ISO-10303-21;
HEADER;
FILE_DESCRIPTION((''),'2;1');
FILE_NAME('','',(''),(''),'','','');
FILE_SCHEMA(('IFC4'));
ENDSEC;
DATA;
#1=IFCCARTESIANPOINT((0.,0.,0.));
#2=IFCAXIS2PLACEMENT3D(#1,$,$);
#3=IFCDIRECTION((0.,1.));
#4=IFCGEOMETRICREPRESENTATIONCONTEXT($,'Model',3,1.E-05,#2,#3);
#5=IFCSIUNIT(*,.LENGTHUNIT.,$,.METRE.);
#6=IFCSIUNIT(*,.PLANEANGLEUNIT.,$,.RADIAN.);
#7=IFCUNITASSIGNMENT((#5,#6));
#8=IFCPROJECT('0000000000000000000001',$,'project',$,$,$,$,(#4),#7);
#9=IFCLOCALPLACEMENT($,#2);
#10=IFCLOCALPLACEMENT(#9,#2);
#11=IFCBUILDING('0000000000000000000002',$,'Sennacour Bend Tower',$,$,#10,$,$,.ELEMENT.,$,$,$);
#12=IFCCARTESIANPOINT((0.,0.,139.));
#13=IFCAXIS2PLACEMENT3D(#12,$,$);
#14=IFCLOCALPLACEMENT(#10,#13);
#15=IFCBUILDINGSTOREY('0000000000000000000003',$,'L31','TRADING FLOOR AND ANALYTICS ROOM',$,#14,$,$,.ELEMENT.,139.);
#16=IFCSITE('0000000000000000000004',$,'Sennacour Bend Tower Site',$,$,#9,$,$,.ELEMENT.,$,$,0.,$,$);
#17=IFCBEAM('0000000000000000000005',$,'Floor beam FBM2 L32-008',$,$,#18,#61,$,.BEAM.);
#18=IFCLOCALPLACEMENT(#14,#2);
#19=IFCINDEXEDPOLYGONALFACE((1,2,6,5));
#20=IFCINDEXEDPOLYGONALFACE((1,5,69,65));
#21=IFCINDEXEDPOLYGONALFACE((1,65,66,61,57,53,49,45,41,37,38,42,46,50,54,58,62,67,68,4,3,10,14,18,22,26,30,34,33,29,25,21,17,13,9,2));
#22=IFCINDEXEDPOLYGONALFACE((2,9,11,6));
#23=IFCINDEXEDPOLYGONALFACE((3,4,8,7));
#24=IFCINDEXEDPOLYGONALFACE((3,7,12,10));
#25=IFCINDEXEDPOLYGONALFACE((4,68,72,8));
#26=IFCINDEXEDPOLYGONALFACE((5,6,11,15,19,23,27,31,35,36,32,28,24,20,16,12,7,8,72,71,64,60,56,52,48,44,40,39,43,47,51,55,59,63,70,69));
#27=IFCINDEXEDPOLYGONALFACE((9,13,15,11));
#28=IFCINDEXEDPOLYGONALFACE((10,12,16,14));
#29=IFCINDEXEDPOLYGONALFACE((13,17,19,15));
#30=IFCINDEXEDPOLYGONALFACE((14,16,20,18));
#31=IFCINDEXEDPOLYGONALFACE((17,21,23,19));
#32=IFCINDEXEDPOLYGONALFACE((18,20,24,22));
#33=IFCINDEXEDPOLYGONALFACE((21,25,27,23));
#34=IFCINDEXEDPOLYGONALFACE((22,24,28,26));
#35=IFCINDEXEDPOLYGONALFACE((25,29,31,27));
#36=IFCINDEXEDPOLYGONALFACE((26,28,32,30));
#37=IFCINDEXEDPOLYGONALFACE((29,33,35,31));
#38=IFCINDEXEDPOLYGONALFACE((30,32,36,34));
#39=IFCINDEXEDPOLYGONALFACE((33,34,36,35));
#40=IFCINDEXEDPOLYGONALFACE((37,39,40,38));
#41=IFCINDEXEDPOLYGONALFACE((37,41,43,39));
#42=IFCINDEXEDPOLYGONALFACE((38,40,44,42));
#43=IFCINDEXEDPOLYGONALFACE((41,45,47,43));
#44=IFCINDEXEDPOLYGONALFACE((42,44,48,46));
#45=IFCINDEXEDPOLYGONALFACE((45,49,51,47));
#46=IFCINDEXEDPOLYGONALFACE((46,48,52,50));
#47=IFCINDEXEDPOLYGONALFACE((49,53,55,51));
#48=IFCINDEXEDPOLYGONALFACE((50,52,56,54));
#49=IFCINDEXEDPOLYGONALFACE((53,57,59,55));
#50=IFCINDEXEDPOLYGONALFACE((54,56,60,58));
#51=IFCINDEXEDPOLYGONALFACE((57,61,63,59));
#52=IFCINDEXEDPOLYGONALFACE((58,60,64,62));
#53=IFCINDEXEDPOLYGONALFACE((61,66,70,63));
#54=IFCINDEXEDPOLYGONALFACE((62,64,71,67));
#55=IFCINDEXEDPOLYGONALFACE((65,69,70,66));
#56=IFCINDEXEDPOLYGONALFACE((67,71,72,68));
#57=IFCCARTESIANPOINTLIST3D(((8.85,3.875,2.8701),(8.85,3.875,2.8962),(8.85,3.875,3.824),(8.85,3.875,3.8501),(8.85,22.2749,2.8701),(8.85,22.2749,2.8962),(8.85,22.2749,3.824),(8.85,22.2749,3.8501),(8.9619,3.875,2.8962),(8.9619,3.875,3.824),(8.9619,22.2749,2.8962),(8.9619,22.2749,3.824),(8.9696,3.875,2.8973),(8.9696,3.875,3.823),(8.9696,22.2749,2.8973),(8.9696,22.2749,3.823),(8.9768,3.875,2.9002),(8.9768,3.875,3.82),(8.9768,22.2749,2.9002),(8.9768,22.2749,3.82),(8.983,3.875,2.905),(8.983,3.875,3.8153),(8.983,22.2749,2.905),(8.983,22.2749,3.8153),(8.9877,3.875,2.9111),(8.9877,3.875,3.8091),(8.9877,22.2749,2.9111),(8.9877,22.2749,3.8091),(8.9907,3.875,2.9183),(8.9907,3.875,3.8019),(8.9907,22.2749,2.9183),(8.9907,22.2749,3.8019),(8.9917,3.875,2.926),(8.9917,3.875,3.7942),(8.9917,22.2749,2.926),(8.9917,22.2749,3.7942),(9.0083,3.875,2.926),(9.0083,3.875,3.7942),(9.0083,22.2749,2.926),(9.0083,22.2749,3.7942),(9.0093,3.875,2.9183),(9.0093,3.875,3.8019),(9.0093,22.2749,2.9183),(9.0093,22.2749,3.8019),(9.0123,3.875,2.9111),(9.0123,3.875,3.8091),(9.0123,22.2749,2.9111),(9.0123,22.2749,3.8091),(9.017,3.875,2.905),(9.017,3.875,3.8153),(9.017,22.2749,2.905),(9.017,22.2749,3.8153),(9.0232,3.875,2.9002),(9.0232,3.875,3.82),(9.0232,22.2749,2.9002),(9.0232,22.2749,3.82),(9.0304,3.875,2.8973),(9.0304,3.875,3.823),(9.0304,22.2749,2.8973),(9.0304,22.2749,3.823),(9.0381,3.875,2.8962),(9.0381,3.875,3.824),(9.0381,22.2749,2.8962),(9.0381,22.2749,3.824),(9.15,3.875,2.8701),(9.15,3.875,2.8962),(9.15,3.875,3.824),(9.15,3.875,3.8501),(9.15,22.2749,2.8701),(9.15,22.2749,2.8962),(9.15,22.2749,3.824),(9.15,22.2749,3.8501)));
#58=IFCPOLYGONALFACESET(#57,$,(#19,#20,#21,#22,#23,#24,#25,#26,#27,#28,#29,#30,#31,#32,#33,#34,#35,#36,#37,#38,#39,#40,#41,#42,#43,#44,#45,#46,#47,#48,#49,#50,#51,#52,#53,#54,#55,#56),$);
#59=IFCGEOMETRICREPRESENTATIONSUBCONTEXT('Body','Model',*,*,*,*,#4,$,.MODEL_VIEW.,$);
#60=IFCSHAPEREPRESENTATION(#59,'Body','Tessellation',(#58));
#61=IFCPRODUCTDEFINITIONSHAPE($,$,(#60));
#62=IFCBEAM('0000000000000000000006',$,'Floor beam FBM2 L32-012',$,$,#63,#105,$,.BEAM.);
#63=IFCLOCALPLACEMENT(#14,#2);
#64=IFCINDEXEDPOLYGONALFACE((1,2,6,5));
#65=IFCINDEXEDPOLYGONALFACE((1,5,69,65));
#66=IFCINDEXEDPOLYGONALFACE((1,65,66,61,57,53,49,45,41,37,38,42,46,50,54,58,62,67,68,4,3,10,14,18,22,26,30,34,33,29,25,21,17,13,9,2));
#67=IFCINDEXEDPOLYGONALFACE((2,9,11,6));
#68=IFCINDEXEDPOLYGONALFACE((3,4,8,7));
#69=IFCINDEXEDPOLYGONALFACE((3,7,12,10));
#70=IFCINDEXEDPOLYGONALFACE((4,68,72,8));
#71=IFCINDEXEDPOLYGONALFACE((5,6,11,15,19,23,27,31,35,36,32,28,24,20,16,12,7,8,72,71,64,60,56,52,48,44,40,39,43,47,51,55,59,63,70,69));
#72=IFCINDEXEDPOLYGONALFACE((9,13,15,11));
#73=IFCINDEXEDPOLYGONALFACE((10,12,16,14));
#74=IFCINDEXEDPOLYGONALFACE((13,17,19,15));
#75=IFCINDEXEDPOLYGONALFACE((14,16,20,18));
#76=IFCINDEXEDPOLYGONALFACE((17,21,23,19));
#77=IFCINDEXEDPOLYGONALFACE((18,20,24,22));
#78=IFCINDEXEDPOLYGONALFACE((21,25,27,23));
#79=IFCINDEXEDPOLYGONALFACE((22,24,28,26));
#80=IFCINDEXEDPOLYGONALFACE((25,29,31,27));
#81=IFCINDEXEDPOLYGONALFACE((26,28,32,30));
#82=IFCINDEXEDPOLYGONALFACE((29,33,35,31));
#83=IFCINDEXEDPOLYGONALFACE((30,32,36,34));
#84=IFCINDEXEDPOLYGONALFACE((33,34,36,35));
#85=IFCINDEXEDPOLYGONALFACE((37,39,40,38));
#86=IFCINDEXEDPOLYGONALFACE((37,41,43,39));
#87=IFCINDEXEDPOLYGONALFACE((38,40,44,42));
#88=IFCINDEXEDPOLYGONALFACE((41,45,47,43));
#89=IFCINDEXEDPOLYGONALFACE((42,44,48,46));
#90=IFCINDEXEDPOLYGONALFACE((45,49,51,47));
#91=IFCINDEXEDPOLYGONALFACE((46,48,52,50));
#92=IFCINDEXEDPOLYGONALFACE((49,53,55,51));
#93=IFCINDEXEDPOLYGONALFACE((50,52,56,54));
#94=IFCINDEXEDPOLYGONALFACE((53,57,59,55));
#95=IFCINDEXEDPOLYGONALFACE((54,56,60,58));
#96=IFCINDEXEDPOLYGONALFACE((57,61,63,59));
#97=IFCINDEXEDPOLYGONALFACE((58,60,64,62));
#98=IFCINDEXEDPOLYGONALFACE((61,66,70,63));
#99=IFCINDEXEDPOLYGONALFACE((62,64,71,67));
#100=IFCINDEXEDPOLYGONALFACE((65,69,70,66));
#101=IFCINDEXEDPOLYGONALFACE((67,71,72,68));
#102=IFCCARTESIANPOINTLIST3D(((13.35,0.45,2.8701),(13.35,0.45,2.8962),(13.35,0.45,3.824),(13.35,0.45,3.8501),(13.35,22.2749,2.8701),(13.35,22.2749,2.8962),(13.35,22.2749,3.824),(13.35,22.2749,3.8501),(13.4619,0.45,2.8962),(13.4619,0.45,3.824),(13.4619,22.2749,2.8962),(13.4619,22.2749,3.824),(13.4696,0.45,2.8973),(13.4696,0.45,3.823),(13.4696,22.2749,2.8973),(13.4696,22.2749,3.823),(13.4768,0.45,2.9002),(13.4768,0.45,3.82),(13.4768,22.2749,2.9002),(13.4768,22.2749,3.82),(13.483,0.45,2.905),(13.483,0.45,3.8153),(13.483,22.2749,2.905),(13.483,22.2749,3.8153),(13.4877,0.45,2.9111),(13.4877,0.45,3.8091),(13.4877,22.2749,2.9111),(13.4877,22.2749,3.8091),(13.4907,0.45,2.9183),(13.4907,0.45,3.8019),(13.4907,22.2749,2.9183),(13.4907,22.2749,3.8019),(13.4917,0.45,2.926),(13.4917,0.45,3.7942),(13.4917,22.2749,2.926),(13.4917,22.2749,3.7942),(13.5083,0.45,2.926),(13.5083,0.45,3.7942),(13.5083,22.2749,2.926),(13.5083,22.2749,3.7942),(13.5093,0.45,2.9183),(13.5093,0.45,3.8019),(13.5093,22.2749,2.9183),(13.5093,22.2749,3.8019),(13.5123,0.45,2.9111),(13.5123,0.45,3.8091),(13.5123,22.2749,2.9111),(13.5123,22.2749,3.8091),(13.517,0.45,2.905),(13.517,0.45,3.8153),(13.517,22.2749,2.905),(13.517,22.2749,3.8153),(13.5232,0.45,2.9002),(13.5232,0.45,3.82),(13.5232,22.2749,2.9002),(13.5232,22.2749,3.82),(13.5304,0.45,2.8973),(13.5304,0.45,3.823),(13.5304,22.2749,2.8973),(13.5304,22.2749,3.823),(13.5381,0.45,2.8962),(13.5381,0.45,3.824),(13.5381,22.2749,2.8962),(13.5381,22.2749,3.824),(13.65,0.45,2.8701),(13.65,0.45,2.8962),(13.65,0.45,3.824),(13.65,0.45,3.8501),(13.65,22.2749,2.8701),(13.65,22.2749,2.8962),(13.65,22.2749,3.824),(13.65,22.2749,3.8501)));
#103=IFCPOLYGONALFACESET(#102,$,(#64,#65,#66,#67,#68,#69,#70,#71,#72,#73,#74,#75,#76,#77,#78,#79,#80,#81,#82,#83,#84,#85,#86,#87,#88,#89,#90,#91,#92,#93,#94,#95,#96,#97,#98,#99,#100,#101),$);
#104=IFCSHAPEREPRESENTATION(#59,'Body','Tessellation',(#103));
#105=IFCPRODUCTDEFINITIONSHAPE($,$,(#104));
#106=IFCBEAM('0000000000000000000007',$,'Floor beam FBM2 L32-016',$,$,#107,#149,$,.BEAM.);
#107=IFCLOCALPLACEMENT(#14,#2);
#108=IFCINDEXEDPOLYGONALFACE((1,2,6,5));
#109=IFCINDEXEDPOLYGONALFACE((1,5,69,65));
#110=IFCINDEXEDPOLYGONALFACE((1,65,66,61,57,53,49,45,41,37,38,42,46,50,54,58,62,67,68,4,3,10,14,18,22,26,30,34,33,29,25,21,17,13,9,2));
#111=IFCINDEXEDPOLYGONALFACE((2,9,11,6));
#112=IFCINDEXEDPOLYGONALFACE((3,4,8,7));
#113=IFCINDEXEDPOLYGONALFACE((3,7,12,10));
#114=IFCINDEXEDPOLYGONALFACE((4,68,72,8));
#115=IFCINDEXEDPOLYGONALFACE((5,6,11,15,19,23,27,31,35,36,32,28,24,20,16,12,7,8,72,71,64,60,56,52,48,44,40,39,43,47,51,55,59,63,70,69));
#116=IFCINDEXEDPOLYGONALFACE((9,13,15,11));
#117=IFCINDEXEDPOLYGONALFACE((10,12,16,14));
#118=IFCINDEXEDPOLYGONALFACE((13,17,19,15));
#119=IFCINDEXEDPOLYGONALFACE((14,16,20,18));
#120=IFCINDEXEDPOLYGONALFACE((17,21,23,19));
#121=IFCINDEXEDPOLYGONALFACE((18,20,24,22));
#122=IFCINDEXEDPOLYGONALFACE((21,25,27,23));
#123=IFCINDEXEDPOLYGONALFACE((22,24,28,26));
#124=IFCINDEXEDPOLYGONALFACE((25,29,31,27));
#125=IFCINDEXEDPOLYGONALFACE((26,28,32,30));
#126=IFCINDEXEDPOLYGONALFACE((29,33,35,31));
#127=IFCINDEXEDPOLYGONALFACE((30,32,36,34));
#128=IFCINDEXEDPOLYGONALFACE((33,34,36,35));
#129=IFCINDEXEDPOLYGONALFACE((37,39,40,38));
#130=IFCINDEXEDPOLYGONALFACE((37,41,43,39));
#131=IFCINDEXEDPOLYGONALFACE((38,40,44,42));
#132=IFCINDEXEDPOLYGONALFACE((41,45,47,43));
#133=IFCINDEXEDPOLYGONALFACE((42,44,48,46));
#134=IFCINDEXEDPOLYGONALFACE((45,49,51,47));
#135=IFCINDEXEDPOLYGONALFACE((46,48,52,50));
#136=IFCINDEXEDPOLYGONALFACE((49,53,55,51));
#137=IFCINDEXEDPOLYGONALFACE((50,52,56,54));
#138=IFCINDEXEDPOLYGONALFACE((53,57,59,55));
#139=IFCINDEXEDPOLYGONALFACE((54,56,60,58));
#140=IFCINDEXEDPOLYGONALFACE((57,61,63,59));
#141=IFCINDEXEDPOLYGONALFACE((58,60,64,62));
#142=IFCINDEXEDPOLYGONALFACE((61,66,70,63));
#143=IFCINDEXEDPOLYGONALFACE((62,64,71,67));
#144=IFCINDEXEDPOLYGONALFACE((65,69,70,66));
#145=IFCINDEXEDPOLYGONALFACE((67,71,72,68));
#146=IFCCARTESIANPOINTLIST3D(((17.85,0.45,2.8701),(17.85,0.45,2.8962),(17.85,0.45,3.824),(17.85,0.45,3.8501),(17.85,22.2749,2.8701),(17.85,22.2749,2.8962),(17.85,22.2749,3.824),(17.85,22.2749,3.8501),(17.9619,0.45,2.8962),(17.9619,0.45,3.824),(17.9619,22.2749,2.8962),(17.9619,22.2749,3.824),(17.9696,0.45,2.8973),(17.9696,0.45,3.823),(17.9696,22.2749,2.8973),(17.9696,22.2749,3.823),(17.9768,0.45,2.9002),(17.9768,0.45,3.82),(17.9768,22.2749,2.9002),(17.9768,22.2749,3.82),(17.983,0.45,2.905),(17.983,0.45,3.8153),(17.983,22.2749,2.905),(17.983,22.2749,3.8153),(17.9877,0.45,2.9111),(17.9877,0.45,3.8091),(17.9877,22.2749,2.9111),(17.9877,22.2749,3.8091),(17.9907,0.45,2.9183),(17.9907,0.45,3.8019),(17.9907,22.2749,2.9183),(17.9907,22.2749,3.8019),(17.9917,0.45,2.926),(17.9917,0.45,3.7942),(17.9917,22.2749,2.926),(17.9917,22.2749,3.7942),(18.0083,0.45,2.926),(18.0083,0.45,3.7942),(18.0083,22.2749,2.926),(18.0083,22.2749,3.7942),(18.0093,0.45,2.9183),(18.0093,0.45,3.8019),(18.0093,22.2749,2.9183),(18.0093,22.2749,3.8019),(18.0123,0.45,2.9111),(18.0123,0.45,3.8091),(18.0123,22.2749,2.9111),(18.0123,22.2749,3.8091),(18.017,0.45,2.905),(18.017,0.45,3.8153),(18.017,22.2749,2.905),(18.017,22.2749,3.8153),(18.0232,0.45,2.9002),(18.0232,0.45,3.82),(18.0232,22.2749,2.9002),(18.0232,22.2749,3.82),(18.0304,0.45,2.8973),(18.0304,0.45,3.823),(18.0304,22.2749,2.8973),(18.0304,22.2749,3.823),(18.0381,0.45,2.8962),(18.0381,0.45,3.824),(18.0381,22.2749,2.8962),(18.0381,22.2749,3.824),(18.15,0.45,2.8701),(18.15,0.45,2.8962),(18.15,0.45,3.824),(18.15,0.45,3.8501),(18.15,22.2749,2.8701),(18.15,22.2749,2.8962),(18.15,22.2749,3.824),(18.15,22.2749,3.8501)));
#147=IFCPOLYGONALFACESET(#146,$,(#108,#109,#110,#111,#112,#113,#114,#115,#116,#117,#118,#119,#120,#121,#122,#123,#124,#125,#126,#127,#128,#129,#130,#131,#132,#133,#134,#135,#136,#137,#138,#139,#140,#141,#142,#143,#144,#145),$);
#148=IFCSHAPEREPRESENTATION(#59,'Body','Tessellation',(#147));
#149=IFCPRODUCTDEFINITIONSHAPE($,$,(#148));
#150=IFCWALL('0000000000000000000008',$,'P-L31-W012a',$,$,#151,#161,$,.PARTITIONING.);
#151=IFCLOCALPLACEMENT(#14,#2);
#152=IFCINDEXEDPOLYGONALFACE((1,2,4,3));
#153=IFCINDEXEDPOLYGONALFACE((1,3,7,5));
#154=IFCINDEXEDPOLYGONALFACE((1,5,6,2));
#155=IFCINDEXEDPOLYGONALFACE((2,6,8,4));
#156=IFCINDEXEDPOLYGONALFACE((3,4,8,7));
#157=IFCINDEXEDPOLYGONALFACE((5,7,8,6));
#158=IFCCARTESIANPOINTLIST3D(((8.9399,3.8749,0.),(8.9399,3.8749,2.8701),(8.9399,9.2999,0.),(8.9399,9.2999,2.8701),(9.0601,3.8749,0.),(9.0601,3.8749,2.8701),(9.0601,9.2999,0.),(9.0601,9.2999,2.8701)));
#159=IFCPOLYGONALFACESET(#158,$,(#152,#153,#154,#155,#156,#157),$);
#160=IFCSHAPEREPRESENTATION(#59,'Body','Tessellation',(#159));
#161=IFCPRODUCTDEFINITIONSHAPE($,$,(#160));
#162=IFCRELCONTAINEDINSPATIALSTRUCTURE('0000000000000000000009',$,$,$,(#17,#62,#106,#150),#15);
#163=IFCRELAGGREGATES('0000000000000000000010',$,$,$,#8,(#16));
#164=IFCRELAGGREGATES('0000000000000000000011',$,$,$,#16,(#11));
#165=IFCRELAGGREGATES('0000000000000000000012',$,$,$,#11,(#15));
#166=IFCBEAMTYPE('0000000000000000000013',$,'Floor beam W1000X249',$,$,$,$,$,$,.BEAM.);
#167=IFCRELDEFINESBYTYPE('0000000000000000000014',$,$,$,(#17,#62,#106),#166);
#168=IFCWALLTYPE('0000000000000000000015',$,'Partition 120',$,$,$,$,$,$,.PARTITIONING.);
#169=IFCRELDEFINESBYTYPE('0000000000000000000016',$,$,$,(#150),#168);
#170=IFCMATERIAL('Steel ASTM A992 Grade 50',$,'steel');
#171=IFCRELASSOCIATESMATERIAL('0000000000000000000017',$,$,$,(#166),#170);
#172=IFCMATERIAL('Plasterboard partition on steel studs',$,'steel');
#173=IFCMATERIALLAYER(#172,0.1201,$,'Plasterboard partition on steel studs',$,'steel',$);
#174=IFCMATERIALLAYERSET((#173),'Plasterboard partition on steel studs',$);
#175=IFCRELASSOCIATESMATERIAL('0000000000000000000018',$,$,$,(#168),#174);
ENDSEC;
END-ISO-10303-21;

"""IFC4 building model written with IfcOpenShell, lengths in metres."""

from ifc_helpers import new_model, si_unit, direction, frame, frame_2d, origin, origin_2d, place, context, subcontext, project, spatial, rectangle, i_section, extrude, material, layer, layer_set, material_profile, profile_set, type_object, element, save


model = new_model("IFC4")

# Units and contexts
model_context = context("Model", 3, precision=1e-05, world=origin(), true_north=direction((0.0, 1.0)))
body_context = subcontext(model_context, "Body", "Model", "MODEL_VIEW")
ifc_project = project(units=[si_unit("LENGTHUNIT", "METRE"), si_unit("PLANEANGLEUNIT", "RADIAN")], contexts=[model_context])

# Site, building, storey
site_placement = place(None, origin())
site = spatial("IfcSite", under=ifc_project, at=site_placement, Name="Sennacour Bend Tower Site", CompositionType="ELEMENT", RefElevation=0.0)
building_placement = place(site_placement, origin())
building = spatial("IfcBuilding", under=site, at=building_placement, Name="Sennacour Bend Tower", CompositionType="ELEMENT")
storey_placement = place(building_placement, frame((0.0, 0.0, 139.0)))
storey = spatial("IfcBuildingStorey", under=building, at=storey_placement, Name="L31", Description="TRADING FLOOR AND ANALYTICS ROOM", CompositionType="ELEMENT", Elevation=139.0)

# Beams
ifc_material_1 = material(Name="Steel ASTM A992 Grade 50", Category="steel")
ifc_material_profile = material_profile(ifc_material_1, i_section(OverallWidth=0.3, OverallDepth=0.98, WebThickness=0.0166, FlangeThickness=0.0261, FilletRadius=0.0298, at=origin_2d()), Name="Steel ASTM A992 Grade 50", Category="steel")
ifc_profile_set = profile_set([ifc_material_profile], Name="Steel ASTM A992 Grade 50")
beam_type = type_object("IfcBeamType", Name="Floor beam W1000X249", PredefinedType="BEAM", material=ifc_profile_set)
beam_placement = place(storey_placement, frame((9.0, 3.875, 3.3601), z_axis=(0.0, 1.0, 0.0), x_axis=(-1.0, 0.0, 0.0)))
element("IfcBeam", 1, at=beam_placement, inside=storey, type_object=beam_type, Name="Floor beam FBM2 L32-008", PredefinedType="BEAM", context=body_context, shape_type="SweptSolid", body=[
    extrude(i_section(OverallWidth=0.3, OverallDepth=0.98, WebThickness=0.0166, FlangeThickness=0.0261, FilletRadius=0.0298, at=origin_2d()), origin(), (0.0, 0.0, 1.0), 18.3999),
])
for number, where, z_axis, x_axis, name in (
    (2, (13.5, 0.45, 3.3601), (0.0, 1.0, 0.0), (-1.0, 0.0, 0.0), "Floor beam FBM2 L32-012"),
    (3, (18.0, 0.45, 3.3601), (0.0, 1.0, 0.0), (-1.0, 0.0, 0.0), "Floor beam FBM2 L32-016"),
):
    element("IfcBeam", number, at=place(storey_placement, frame(where, z_axis=z_axis, x_axis=x_axis)), inside=storey, type_object=beam_type, Name=name, PredefinedType="BEAM", context=body_context, shape_type="SweptSolid", body=[
        extrude(i_section(OverallWidth=0.3, OverallDepth=0.98, WebThickness=0.0166, FlangeThickness=0.0261, FilletRadius=0.0298, at=origin_2d()), origin(), (0.0, 0.0, 1.0), 21.825),
    ])

# Wall
ifc_material_2 = material(Name="Plasterboard partition on steel studs", Category="steel")
ifc_layer_1 = layer(ifc_material_2, 0.1201, Name="Plasterboard partition on steel studs", Category="steel")
ifc_layer_set_1 = layer_set([ifc_layer_1], Name="Plasterboard partition on steel studs")
wall_type_1 = type_object("IfcWallType", Name="Partition 120", PredefinedType="PARTITIONING", material=ifc_layer_set_1)
wall_1_placement = place(storey_placement, frame((9.0, 3.875, 0.0), z_axis=(0.0, 0.0, 1.0), x_axis=(0.0, 1.0, 0.0)))
element("IfcWall", 4, at=wall_1_placement, inside=storey, type_object=wall_type_1, Name="P-L31-W012a", PredefinedType="PARTITIONING", context=body_context, shape_type="SweptSolid", body=[
    extrude(rectangle(XDim=5.425, YDim=0.1201, at=frame_2d((2.7124, 0.0))), origin(), (0.0, 0.0, 1.0), 2.8701),
])

save(model, "model.ifc")
